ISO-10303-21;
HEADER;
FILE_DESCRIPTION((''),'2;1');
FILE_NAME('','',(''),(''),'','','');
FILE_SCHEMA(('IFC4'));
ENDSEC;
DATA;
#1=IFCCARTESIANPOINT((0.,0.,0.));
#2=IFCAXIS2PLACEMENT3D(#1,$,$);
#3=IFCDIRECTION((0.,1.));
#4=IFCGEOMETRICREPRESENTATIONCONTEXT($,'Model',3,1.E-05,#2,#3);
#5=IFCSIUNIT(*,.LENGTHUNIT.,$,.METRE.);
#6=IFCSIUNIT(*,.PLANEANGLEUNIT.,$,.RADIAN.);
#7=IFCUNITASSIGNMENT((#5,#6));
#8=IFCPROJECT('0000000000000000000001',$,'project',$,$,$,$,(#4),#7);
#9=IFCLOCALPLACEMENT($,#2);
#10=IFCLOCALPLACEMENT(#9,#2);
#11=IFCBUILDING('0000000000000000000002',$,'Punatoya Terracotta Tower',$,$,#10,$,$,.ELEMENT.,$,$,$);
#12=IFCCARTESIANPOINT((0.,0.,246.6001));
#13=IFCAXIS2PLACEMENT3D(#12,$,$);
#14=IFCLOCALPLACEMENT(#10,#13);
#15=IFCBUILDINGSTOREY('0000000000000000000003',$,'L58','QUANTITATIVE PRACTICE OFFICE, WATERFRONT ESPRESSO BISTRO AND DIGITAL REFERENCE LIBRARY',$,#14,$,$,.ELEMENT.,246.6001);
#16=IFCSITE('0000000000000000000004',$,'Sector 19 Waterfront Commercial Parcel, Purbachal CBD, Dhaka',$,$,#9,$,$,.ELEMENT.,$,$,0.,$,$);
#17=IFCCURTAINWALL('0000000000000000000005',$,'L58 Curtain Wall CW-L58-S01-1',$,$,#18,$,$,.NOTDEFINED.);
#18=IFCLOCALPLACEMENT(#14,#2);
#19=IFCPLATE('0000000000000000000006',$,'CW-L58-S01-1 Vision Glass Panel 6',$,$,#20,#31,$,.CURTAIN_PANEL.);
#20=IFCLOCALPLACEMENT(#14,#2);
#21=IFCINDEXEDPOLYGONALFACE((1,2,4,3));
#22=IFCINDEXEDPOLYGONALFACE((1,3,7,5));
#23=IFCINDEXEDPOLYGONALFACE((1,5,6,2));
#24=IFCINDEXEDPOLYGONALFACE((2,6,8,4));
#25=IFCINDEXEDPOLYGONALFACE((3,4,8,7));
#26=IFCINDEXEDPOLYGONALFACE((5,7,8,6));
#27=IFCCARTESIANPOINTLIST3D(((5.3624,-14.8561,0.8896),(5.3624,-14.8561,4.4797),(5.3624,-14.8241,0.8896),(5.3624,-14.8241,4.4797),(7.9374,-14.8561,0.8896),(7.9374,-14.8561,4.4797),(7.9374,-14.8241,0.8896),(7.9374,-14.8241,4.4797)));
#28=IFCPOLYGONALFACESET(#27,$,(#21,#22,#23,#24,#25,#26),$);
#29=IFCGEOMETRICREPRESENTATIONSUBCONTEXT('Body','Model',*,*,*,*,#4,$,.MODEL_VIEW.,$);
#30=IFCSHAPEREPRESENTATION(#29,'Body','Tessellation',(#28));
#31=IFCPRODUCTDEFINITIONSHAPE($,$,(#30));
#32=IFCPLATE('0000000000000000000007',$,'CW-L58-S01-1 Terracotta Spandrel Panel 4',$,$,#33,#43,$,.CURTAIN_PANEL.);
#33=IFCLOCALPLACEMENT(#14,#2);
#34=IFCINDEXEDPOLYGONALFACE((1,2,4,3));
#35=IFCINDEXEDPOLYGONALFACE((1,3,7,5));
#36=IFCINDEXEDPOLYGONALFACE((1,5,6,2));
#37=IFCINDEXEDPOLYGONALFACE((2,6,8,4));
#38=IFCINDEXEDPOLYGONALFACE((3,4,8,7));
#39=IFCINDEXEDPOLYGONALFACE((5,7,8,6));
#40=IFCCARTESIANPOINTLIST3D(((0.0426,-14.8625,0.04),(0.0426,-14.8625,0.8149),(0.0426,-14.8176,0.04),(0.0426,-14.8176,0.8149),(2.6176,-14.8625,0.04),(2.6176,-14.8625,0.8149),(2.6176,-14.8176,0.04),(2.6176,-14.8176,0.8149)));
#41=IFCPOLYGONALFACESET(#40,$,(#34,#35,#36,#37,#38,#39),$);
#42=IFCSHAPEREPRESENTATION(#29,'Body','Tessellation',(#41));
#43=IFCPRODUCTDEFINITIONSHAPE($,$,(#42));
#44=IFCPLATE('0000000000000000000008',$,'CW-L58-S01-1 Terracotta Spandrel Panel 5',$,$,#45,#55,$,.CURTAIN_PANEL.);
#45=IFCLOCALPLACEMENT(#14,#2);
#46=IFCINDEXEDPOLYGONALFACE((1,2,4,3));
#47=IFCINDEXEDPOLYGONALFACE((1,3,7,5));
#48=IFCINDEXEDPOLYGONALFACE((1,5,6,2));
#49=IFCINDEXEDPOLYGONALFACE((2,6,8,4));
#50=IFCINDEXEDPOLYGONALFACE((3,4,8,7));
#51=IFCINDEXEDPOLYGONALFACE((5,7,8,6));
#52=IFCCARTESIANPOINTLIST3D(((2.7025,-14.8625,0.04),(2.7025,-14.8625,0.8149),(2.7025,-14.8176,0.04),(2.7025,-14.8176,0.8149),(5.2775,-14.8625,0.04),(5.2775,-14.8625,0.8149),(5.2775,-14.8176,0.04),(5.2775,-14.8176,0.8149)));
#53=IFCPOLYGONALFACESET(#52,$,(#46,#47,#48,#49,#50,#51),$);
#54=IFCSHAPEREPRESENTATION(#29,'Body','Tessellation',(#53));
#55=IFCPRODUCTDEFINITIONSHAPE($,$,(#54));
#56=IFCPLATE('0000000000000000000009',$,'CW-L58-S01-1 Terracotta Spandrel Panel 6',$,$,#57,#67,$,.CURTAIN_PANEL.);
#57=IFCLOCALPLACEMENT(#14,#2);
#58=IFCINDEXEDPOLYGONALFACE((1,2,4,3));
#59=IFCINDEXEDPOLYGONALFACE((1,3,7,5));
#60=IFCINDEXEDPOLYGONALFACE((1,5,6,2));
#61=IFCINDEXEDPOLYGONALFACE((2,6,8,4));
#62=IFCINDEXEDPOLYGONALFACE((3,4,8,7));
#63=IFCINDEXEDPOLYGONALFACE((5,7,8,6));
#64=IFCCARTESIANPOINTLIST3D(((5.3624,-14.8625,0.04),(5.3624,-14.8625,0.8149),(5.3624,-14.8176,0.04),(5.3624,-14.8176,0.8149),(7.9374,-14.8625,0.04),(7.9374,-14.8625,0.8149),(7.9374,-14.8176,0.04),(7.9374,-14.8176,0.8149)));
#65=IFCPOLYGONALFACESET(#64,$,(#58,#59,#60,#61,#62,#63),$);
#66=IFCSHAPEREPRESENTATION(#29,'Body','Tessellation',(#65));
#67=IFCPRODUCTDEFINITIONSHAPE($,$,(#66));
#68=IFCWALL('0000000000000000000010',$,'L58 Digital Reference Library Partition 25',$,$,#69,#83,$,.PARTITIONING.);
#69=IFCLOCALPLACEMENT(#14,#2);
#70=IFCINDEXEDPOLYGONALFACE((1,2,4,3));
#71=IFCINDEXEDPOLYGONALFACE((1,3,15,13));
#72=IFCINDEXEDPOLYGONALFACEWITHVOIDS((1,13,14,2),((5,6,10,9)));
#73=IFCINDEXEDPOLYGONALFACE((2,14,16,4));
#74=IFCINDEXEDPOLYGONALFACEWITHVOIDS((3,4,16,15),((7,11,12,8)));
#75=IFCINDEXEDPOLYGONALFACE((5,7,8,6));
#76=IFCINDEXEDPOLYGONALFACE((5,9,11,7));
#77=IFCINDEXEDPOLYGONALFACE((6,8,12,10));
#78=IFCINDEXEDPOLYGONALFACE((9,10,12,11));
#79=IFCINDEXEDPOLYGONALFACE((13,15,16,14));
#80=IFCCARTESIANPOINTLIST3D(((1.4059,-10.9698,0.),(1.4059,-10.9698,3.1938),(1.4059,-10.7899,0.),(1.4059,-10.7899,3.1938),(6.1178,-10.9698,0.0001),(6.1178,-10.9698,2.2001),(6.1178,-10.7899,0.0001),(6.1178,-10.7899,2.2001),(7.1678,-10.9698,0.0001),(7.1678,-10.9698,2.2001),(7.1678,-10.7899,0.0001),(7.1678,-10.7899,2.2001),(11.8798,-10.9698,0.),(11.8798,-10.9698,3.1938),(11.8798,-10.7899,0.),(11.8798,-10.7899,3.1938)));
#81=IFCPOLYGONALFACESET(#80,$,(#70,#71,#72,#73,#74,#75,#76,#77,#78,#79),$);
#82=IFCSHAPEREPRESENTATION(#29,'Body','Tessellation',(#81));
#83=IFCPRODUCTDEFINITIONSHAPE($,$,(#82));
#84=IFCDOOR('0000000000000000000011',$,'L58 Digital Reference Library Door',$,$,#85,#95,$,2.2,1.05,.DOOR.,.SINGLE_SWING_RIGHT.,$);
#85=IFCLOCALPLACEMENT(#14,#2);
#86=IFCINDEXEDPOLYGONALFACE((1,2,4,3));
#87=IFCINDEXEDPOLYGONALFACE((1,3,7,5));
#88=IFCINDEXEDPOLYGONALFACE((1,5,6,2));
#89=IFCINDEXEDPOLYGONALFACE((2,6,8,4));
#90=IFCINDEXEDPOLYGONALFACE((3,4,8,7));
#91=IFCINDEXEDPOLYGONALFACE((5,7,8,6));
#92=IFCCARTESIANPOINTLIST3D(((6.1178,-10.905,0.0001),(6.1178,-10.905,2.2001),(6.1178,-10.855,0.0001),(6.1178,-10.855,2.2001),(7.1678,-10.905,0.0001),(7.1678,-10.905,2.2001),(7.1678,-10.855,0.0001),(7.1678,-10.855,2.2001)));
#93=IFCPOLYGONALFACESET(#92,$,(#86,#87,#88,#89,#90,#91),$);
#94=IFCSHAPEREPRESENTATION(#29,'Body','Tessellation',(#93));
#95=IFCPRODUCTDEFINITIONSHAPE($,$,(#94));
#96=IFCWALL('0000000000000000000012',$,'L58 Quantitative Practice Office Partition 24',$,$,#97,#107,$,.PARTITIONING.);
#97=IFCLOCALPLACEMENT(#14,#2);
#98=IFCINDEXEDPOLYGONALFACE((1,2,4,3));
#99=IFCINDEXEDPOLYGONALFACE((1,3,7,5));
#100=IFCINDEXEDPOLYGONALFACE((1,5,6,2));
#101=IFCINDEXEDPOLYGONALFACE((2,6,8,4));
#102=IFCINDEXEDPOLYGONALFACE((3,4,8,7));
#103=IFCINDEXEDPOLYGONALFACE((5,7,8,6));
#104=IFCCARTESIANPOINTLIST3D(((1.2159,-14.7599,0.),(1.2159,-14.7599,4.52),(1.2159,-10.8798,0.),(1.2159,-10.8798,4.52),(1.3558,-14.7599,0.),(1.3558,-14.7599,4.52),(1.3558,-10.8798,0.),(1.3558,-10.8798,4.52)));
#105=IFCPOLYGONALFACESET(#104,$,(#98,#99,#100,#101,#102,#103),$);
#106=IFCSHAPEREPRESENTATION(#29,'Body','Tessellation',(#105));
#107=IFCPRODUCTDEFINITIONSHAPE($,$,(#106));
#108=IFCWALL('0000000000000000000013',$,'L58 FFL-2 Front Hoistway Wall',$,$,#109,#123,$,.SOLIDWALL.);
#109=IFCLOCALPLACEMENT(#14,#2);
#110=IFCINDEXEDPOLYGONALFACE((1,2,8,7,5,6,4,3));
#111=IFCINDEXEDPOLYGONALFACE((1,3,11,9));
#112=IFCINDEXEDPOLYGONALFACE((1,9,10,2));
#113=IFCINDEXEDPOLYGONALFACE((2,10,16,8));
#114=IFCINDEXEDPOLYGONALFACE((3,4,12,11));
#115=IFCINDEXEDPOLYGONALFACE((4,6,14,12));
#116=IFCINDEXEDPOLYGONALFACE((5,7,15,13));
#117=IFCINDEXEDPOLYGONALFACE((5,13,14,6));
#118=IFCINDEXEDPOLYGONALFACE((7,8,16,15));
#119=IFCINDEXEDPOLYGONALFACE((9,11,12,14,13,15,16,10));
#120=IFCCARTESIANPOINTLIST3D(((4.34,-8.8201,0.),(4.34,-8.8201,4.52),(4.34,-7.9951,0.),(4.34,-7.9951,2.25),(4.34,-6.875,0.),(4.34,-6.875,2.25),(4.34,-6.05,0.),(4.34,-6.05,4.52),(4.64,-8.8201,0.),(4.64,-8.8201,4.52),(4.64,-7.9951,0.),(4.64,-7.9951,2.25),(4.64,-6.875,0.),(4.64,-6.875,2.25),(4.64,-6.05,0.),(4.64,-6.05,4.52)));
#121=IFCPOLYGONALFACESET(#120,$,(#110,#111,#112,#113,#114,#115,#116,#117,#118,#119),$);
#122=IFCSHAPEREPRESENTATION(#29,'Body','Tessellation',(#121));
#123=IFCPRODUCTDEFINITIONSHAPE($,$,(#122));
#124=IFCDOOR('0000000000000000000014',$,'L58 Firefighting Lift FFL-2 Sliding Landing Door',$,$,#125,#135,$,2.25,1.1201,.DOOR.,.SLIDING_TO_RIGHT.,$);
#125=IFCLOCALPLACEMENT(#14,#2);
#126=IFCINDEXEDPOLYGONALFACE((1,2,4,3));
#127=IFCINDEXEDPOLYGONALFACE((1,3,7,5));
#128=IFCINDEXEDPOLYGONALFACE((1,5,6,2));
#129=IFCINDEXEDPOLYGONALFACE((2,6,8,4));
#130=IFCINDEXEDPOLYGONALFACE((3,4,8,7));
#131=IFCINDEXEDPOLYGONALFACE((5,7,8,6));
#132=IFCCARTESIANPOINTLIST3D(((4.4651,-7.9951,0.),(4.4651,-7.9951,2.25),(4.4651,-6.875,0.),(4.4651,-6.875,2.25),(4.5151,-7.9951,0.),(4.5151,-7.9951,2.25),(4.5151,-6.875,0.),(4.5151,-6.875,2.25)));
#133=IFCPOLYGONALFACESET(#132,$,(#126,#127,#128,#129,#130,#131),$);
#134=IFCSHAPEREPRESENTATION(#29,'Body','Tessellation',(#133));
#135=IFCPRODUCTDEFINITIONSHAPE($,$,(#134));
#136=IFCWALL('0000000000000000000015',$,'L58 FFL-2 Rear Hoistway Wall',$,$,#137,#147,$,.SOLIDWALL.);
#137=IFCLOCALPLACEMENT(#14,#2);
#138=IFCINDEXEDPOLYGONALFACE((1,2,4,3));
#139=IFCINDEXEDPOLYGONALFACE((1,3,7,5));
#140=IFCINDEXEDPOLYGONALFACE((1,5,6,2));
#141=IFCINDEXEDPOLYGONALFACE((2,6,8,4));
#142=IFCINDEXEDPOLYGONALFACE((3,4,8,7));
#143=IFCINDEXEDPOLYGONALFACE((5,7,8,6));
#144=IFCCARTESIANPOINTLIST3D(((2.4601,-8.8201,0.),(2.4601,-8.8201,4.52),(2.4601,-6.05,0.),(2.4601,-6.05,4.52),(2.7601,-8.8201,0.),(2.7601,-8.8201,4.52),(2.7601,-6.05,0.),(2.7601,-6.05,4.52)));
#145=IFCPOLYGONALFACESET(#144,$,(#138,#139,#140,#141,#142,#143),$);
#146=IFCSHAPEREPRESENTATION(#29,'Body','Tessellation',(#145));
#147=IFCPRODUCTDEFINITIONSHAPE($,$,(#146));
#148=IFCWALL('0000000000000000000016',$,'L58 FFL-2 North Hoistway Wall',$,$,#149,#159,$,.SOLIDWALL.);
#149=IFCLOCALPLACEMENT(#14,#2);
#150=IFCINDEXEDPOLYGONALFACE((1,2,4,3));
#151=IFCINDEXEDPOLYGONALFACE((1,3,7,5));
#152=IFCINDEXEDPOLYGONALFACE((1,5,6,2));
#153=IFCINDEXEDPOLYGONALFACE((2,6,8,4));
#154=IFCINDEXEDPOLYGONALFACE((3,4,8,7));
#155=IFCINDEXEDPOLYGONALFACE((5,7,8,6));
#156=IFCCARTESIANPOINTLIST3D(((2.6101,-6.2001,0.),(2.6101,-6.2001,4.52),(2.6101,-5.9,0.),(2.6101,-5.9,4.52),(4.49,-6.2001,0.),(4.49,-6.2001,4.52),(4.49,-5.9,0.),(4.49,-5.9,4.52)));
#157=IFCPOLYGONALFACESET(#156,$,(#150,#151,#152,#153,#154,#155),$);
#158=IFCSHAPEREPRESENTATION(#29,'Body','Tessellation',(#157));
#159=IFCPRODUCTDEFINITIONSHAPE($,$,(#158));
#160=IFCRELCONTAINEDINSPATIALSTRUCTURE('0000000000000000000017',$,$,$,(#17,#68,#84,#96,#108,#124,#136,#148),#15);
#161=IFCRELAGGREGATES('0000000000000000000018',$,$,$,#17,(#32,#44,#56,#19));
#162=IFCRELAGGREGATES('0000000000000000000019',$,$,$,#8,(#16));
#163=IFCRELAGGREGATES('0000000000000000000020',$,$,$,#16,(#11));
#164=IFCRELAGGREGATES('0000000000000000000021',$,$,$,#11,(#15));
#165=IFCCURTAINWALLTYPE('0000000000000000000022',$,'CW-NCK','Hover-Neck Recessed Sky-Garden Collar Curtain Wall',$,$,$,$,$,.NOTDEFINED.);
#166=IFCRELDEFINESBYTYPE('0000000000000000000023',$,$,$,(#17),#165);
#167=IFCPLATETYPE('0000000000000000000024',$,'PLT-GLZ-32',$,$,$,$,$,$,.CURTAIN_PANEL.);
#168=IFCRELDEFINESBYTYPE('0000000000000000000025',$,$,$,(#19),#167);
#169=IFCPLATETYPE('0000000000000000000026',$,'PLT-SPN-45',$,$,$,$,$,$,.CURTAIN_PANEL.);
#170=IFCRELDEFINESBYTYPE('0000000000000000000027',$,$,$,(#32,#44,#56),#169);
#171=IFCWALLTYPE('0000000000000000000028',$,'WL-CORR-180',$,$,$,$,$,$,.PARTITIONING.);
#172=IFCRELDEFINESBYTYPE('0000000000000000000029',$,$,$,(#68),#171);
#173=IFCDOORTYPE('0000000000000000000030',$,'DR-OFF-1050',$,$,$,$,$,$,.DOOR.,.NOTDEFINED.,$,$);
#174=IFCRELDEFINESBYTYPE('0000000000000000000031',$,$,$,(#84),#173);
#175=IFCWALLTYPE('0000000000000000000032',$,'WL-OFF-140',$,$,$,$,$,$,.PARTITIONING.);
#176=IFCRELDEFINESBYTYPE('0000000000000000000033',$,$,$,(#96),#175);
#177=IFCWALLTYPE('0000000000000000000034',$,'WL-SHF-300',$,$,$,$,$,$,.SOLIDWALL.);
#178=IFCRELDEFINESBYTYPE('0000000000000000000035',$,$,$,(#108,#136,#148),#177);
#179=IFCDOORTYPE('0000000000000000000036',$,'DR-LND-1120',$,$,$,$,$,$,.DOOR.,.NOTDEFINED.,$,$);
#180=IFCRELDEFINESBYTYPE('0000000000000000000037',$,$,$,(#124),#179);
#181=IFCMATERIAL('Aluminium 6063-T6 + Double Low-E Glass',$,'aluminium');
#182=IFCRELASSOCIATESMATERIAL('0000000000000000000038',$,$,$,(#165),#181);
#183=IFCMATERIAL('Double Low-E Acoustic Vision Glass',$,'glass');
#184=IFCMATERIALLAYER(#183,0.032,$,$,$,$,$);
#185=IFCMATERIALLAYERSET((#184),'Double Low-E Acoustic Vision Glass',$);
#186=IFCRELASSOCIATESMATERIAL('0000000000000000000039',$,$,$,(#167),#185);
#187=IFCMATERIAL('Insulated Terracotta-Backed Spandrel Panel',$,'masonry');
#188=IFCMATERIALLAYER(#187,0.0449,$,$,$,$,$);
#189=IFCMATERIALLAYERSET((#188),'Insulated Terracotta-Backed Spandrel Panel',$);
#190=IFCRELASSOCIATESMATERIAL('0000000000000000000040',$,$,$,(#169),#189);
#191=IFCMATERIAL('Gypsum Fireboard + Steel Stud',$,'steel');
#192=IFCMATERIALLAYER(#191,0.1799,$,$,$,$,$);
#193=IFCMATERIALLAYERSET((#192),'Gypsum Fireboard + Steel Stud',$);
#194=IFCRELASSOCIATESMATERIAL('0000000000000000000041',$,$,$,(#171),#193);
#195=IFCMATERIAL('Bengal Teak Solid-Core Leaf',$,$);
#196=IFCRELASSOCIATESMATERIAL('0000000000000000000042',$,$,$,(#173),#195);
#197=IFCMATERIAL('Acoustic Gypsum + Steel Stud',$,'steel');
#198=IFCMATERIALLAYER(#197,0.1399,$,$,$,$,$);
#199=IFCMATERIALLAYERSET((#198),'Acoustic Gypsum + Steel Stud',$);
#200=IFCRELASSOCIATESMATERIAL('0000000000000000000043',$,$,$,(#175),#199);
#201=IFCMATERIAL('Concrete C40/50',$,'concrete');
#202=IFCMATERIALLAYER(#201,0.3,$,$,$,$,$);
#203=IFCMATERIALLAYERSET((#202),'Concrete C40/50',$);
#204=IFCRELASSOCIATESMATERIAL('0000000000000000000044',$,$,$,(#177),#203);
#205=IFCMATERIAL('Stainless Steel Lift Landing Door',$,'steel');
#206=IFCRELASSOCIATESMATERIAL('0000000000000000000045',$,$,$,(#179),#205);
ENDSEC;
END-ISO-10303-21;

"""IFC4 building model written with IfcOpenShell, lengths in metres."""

from ifc_helpers import new_model, si_unit, direction, frame, frame_2d, origin, origin_2d, place, context, subcontext, project, spatial, rectangle, extrude, material, layer, layer_set, type_object, element, fill, aggregate, save


model = new_model("IFC4")

# Units and contexts
model_context = context("Model", 3, precision=1e-05, world=origin(), true_north=direction((0.0, 1.0)))
body_context = subcontext(model_context, "Body", "Model", "MODEL_VIEW")
ifc_project = project(units=[si_unit("LENGTHUNIT", "METRE"), si_unit("PLANEANGLEUNIT", "RADIAN")], contexts=[model_context])

# Site, building, storey
site_placement = place(None, origin())
site = spatial("IfcSite", under=ifc_project, at=site_placement, Name="Sector 19 Waterfront Commercial Parcel, Purbachal CBD, Dhaka", CompositionType="ELEMENT", RefElevation=0.0)
building_placement = place(site_placement, origin())
building = spatial("IfcBuilding", under=site, at=building_placement, Name="Punatoya Terracotta Tower", CompositionType="ELEMENT")
storey_placement = place(building_placement, frame((0.0, 0.0, 246.6001)))
storey = spatial("IfcBuildingStorey", under=building, at=storey_placement, Name="L58", Description="QUANTITATIVE PRACTICE OFFICE, WATERFRONT ESPRESSO BISTRO AND DIGITAL REFERENCE LIBRARY", CompositionType="ELEMENT", Elevation=246.6001)

# Curtain wall, plates
ifc_material_1 = material(Name="Aluminium 6063-T6 + Double Low-E Glass", Category="aluminium")
curtain_wall_type = type_object("IfcCurtainWallType", Name="CW-NCK", Description="Hover-Neck Recessed Sky-Garden Collar Curtain Wall", PredefinedType="NOTDEFINED", material=ifc_material_1)
curtain_wall_placement = place(storey_placement, origin())
curtain_wall = element("IfcCurtainWall", 1, at=curtain_wall_placement, inside=storey, type_object=curtain_wall_type, Name="L58 Curtain Wall CW-L58-S01-1", PredefinedType="NOTDEFINED")
ifc_material_2 = material(Name="Double Low-E Acoustic Vision Glass", Category="glass")
ifc_layer_1 = layer(ifc_material_2, 0.032)
ifc_layer_set_1 = layer_set([ifc_layer_1], Name="Double Low-E Acoustic Vision Glass")
plate_type_1 = type_object("IfcPlateType", Name="PLT-GLZ-32", PredefinedType="CURTAIN_PANEL", material=ifc_layer_set_1)
plate_1_placement = place(storey_placement, frame((6.6499, -14.8401, 0.8896), z_axis=(0.0, 0.0, 1.0), x_axis=(1.0, 0.0, 0.0)))
plate_1 = element("IfcPlate", 2, at=plate_1_placement, type_object=plate_type_1, Name="CW-L58-S01-1 Vision Glass Panel 6", PredefinedType="CURTAIN_PANEL", context=body_context, shape_type="SweptSolid", body=[
    extrude(rectangle(XDim=2.575, YDim=0.032, at=origin_2d()), origin(), (0.0, 0.0, 1.0), 3.5901),
])
ifc_material_3 = material(Name="Insulated Terracotta-Backed Spandrel Panel", Category="masonry")
ifc_layer_2 = layer(ifc_material_3, 0.0449)
ifc_layer_set_2 = layer_set([ifc_layer_2], Name="Insulated Terracotta-Backed Spandrel Panel")
plate_type_2 = type_object("IfcPlateType", Name="PLT-SPN-45", PredefinedType="CURTAIN_PANEL", material=ifc_layer_set_2)
plate_2_placement = place(storey_placement, frame((1.3301, -14.8401, 0.04), z_axis=(0.0, 0.0, 1.0), x_axis=(1.0, 0.0, 0.0)))
plate_2 = element("IfcPlate", 3, at=plate_2_placement, type_object=plate_type_2, Name="CW-L58-S01-1 Terracotta Spandrel Panel 4", PredefinedType="CURTAIN_PANEL", context=body_context, shape_type="SweptSolid", body=[
    extrude(rectangle(XDim=2.575, YDim=0.0449, at=origin_2d()), origin(), (0.0, 0.0, 1.0), 0.7749),
])
plate_3_placement = place(storey_placement, frame((3.99, -14.8401, 0.04), z_axis=(0.0, 0.0, 1.0), x_axis=(1.0, 0.0, 0.0)))
plate_3 = element("IfcPlate", 4, at=plate_3_placement, type_object=plate_type_2, Name="CW-L58-S01-1 Terracotta Spandrel Panel 5", PredefinedType="CURTAIN_PANEL", context=body_context, shape_type="SweptSolid", body=[
    extrude(rectangle(XDim=2.575, YDim=0.0449, at=origin_2d()), origin(), (0.0, 0.0, 1.0), 0.7749),
])
plate_4_placement = place(storey_placement, frame((6.6499, -14.8401, 0.04), z_axis=(0.0, 0.0, 1.0), x_axis=(1.0, 0.0, 0.0)))
plate_4 = element("IfcPlate", 5, at=plate_4_placement, type_object=plate_type_2, Name="CW-L58-S01-1 Terracotta Spandrel Panel 6", PredefinedType="CURTAIN_PANEL", context=body_context, shape_type="SweptSolid", body=[
    extrude(rectangle(XDim=2.575, YDim=0.0449, at=origin_2d()), origin(), (0.0, 0.0, 1.0), 0.7749),
])
aggregate(curtain_wall, [plate_2, plate_3, plate_4, plate_1])

# Wall, opening, door
ifc_material_4 = material(Name="Gypsum Fireboard + Steel Stud", Category="steel")
ifc_layer_3 = layer(ifc_material_4, 0.1799)
ifc_layer_set_3 = layer_set([ifc_layer_3], Name="Gypsum Fireboard + Steel Stud")
wall_type_1 = type_object("IfcWallType", Name="WL-CORR-180", PredefinedType="PARTITIONING", material=ifc_layer_set_3)
wall_1_placement = place(storey_placement, frame((1.406, -10.8799, 0.0), z_axis=(0.0, 0.0, 1.0), x_axis=(1.0, 0.0, 0.0)))
wall_1 = element("IfcWall", 6, at=wall_1_placement, inside=storey, type_object=wall_type_1, Name="L58 Digital Reference Library Partition 25", PredefinedType="PARTITIONING", context=body_context, shape_type="SweptSolid", body=[
    extrude(rectangle(XDim=10.4739, YDim=0.1799, at=frame_2d((5.2368, 0.0))), origin(), (0.0, 0.0, 1.0), 3.1938),
])
opening_1_placement = place(wall_1_placement, frame((4.7119, 0.0, 0.0)))
opening_1 = element("IfcOpeningElement", 7, at=opening_1_placement, cuts=wall_1, PredefinedType="OPENING", context=body_context, shape_type="SweptSolid", body=[
    extrude(rectangle(XDim=1.05, YDim=2.2, at=frame_2d((0.5249, 1.1001))), frame((0.0, 0.0999, 0.0), z_axis=(0.0, -1.0, 0.0), x_axis=(1.0, 0.0, 0.0)), (0.0, 0.0, 1.0), 0.2),
])
ifc_material_5 = material(Name="Bengal Teak Solid-Core Leaf")
door_type_1 = type_object("IfcDoorType", Name="DR-OFF-1050", OperationType="NOTDEFINED", PredefinedType="DOOR", material=ifc_material_5)
door_1_placement = place(opening_1_placement, origin())
door_1 = element("IfcDoor", 8, at=door_1_placement, inside=storey, type_object=door_type_1, Name="L58 Digital Reference Library Door", OperationType="SINGLE_SWING_RIGHT", OverallHeight=2.2, OverallWidth=1.05, PredefinedType="DOOR", context=body_context, shape_type="SweptSolid", body=[
    extrude(rectangle(XDim=1.05, YDim=2.2, at=frame_2d((0.5249, 1.1001))), frame((0.0, 0.0249, 0.0), z_axis=(0.0, -1.0, 0.0), x_axis=(1.0, 0.0, 0.0)), (0.0, 0.0, 1.0), 0.05),
])
fill(opening_1, door_1)

# Wall
ifc_material_6 = material(Name="Acoustic Gypsum + Steel Stud", Category="steel")
ifc_layer_4 = layer(ifc_material_6, 0.1399)
ifc_layer_set_4 = layer_set([ifc_layer_4], Name="Acoustic Gypsum + Steel Stud")
wall_type_2 = type_object("IfcWallType", Name="WL-OFF-140", PredefinedType="PARTITIONING", material=ifc_layer_set_4)
wall_2_placement = place(storey_placement, frame((1.2859, -10.8799, 0.0), z_axis=(0.0, 0.0, 1.0), x_axis=(0.0, -1.0, 0.0)))
element("IfcWall", 9, at=wall_2_placement, inside=storey, type_object=wall_type_2, Name="L58 Quantitative Practice Office Partition 24", PredefinedType="PARTITIONING", context=body_context, shape_type="SweptSolid", body=[
    extrude(rectangle(XDim=3.8801, YDim=0.1399, at=frame_2d((1.9399, 0.0))), origin(), (0.0, 0.0, 1.0), 4.52),
])

# Wall, opening, door
ifc_material_7 = material(Name="Concrete C40/50", Category="concrete")
ifc_layer_5 = layer(ifc_material_7, 0.3)
ifc_layer_set_5 = layer_set([ifc_layer_5], Name="Concrete C40/50")
wall_type_3 = type_object("IfcWallType", Name="WL-SHF-300", PredefinedType="SOLIDWALL", material=ifc_layer_set_5)
wall_3_placement = place(storey_placement, frame((4.49, -8.8201, 0.0), z_axis=(0.0, 0.0, 1.0), x_axis=(0.0, 1.0, 0.0)))
wall_3 = element("IfcWall", 10, at=wall_3_placement, inside=storey, type_object=wall_type_3, Name="L58 FFL-2 Front Hoistway Wall", PredefinedType="SOLIDWALL", context=body_context, shape_type="SweptSolid", body=[
    extrude(rectangle(XDim=2.77, YDim=0.3, at=frame_2d((1.385, 0.0))), origin(), (0.0, 0.0, 1.0), 4.52),
])
opening_2_placement = place(wall_3_placement, frame((0.825, 0.0, 0.0)))
opening_2 = element("IfcOpeningElement", 11, at=opening_2_placement, cuts=wall_3, PredefinedType="OPENING", context=body_context, shape_type="SweptSolid", body=[
    extrude(rectangle(XDim=1.1201, YDim=2.25, at=frame_2d((0.5601, 1.125))), frame((0.0, 0.1599, 0.0), z_axis=(0.0, -1.0, 0.0), x_axis=(1.0, 0.0, 0.0)), (0.0, 0.0, 1.0), 0.3201),
])
ifc_material_8 = material(Name="Stainless Steel Lift Landing Door", Category="steel")
door_type_2 = type_object("IfcDoorType", Name="DR-LND-1120", OperationType="NOTDEFINED", PredefinedType="DOOR", material=ifc_material_8)
door_2_placement = place(opening_2_placement, origin())
door_2 = element("IfcDoor", 12, at=door_2_placement, inside=storey, type_object=door_type_2, Name="L58 Firefighting Lift FFL-2 Sliding Landing Door", OperationType="SLIDING_TO_RIGHT", OverallHeight=2.25, OverallWidth=1.1201, PredefinedType="DOOR", context=body_context, shape_type="SweptSolid", body=[
    extrude(rectangle(XDim=1.1201, YDim=2.25, at=frame_2d((0.5601, 1.125))), frame((0.0, 0.0249, 0.0), z_axis=(0.0, -1.0, 0.0), x_axis=(1.0, 0.0, 0.0)), (0.0, 0.0, 1.0), 0.05),
])
fill(opening_2, door_2)

# Walls
wall_4_placement = place(storey_placement, frame((2.6101, -8.8201, 0.0), z_axis=(0.0, 0.0, 1.0), x_axis=(0.0, 1.0, 0.0)))
element("IfcWall", 13, at=wall_4_placement, inside=storey, type_object=wall_type_3, Name="L58 FFL-2 Rear Hoistway Wall", PredefinedType="SOLIDWALL", context=body_context, shape_type="SweptSolid", body=[
    extrude(rectangle(XDim=2.77, YDim=0.3, at=frame_2d((1.385, 0.0))), origin(), (0.0, 0.0, 1.0), 4.52),
])
wall_5_placement = place(storey_placement, frame((2.6101, -6.05, 0.0), z_axis=(0.0, 0.0, 1.0), x_axis=(1.0, 0.0, 0.0)))
element("IfcWall", 14, at=wall_5_placement, inside=storey, type_object=wall_type_3, Name="L58 FFL-2 North Hoistway Wall", PredefinedType="SOLIDWALL", context=body_context, shape_type="SweptSolid", body=[
    extrude(rectangle(XDim=1.8799, YDim=0.3, at=frame_2d((0.9399, 0.0))), origin(), (0.0, 0.0, 1.0), 4.52),
])

save(model, "model.ifc")
